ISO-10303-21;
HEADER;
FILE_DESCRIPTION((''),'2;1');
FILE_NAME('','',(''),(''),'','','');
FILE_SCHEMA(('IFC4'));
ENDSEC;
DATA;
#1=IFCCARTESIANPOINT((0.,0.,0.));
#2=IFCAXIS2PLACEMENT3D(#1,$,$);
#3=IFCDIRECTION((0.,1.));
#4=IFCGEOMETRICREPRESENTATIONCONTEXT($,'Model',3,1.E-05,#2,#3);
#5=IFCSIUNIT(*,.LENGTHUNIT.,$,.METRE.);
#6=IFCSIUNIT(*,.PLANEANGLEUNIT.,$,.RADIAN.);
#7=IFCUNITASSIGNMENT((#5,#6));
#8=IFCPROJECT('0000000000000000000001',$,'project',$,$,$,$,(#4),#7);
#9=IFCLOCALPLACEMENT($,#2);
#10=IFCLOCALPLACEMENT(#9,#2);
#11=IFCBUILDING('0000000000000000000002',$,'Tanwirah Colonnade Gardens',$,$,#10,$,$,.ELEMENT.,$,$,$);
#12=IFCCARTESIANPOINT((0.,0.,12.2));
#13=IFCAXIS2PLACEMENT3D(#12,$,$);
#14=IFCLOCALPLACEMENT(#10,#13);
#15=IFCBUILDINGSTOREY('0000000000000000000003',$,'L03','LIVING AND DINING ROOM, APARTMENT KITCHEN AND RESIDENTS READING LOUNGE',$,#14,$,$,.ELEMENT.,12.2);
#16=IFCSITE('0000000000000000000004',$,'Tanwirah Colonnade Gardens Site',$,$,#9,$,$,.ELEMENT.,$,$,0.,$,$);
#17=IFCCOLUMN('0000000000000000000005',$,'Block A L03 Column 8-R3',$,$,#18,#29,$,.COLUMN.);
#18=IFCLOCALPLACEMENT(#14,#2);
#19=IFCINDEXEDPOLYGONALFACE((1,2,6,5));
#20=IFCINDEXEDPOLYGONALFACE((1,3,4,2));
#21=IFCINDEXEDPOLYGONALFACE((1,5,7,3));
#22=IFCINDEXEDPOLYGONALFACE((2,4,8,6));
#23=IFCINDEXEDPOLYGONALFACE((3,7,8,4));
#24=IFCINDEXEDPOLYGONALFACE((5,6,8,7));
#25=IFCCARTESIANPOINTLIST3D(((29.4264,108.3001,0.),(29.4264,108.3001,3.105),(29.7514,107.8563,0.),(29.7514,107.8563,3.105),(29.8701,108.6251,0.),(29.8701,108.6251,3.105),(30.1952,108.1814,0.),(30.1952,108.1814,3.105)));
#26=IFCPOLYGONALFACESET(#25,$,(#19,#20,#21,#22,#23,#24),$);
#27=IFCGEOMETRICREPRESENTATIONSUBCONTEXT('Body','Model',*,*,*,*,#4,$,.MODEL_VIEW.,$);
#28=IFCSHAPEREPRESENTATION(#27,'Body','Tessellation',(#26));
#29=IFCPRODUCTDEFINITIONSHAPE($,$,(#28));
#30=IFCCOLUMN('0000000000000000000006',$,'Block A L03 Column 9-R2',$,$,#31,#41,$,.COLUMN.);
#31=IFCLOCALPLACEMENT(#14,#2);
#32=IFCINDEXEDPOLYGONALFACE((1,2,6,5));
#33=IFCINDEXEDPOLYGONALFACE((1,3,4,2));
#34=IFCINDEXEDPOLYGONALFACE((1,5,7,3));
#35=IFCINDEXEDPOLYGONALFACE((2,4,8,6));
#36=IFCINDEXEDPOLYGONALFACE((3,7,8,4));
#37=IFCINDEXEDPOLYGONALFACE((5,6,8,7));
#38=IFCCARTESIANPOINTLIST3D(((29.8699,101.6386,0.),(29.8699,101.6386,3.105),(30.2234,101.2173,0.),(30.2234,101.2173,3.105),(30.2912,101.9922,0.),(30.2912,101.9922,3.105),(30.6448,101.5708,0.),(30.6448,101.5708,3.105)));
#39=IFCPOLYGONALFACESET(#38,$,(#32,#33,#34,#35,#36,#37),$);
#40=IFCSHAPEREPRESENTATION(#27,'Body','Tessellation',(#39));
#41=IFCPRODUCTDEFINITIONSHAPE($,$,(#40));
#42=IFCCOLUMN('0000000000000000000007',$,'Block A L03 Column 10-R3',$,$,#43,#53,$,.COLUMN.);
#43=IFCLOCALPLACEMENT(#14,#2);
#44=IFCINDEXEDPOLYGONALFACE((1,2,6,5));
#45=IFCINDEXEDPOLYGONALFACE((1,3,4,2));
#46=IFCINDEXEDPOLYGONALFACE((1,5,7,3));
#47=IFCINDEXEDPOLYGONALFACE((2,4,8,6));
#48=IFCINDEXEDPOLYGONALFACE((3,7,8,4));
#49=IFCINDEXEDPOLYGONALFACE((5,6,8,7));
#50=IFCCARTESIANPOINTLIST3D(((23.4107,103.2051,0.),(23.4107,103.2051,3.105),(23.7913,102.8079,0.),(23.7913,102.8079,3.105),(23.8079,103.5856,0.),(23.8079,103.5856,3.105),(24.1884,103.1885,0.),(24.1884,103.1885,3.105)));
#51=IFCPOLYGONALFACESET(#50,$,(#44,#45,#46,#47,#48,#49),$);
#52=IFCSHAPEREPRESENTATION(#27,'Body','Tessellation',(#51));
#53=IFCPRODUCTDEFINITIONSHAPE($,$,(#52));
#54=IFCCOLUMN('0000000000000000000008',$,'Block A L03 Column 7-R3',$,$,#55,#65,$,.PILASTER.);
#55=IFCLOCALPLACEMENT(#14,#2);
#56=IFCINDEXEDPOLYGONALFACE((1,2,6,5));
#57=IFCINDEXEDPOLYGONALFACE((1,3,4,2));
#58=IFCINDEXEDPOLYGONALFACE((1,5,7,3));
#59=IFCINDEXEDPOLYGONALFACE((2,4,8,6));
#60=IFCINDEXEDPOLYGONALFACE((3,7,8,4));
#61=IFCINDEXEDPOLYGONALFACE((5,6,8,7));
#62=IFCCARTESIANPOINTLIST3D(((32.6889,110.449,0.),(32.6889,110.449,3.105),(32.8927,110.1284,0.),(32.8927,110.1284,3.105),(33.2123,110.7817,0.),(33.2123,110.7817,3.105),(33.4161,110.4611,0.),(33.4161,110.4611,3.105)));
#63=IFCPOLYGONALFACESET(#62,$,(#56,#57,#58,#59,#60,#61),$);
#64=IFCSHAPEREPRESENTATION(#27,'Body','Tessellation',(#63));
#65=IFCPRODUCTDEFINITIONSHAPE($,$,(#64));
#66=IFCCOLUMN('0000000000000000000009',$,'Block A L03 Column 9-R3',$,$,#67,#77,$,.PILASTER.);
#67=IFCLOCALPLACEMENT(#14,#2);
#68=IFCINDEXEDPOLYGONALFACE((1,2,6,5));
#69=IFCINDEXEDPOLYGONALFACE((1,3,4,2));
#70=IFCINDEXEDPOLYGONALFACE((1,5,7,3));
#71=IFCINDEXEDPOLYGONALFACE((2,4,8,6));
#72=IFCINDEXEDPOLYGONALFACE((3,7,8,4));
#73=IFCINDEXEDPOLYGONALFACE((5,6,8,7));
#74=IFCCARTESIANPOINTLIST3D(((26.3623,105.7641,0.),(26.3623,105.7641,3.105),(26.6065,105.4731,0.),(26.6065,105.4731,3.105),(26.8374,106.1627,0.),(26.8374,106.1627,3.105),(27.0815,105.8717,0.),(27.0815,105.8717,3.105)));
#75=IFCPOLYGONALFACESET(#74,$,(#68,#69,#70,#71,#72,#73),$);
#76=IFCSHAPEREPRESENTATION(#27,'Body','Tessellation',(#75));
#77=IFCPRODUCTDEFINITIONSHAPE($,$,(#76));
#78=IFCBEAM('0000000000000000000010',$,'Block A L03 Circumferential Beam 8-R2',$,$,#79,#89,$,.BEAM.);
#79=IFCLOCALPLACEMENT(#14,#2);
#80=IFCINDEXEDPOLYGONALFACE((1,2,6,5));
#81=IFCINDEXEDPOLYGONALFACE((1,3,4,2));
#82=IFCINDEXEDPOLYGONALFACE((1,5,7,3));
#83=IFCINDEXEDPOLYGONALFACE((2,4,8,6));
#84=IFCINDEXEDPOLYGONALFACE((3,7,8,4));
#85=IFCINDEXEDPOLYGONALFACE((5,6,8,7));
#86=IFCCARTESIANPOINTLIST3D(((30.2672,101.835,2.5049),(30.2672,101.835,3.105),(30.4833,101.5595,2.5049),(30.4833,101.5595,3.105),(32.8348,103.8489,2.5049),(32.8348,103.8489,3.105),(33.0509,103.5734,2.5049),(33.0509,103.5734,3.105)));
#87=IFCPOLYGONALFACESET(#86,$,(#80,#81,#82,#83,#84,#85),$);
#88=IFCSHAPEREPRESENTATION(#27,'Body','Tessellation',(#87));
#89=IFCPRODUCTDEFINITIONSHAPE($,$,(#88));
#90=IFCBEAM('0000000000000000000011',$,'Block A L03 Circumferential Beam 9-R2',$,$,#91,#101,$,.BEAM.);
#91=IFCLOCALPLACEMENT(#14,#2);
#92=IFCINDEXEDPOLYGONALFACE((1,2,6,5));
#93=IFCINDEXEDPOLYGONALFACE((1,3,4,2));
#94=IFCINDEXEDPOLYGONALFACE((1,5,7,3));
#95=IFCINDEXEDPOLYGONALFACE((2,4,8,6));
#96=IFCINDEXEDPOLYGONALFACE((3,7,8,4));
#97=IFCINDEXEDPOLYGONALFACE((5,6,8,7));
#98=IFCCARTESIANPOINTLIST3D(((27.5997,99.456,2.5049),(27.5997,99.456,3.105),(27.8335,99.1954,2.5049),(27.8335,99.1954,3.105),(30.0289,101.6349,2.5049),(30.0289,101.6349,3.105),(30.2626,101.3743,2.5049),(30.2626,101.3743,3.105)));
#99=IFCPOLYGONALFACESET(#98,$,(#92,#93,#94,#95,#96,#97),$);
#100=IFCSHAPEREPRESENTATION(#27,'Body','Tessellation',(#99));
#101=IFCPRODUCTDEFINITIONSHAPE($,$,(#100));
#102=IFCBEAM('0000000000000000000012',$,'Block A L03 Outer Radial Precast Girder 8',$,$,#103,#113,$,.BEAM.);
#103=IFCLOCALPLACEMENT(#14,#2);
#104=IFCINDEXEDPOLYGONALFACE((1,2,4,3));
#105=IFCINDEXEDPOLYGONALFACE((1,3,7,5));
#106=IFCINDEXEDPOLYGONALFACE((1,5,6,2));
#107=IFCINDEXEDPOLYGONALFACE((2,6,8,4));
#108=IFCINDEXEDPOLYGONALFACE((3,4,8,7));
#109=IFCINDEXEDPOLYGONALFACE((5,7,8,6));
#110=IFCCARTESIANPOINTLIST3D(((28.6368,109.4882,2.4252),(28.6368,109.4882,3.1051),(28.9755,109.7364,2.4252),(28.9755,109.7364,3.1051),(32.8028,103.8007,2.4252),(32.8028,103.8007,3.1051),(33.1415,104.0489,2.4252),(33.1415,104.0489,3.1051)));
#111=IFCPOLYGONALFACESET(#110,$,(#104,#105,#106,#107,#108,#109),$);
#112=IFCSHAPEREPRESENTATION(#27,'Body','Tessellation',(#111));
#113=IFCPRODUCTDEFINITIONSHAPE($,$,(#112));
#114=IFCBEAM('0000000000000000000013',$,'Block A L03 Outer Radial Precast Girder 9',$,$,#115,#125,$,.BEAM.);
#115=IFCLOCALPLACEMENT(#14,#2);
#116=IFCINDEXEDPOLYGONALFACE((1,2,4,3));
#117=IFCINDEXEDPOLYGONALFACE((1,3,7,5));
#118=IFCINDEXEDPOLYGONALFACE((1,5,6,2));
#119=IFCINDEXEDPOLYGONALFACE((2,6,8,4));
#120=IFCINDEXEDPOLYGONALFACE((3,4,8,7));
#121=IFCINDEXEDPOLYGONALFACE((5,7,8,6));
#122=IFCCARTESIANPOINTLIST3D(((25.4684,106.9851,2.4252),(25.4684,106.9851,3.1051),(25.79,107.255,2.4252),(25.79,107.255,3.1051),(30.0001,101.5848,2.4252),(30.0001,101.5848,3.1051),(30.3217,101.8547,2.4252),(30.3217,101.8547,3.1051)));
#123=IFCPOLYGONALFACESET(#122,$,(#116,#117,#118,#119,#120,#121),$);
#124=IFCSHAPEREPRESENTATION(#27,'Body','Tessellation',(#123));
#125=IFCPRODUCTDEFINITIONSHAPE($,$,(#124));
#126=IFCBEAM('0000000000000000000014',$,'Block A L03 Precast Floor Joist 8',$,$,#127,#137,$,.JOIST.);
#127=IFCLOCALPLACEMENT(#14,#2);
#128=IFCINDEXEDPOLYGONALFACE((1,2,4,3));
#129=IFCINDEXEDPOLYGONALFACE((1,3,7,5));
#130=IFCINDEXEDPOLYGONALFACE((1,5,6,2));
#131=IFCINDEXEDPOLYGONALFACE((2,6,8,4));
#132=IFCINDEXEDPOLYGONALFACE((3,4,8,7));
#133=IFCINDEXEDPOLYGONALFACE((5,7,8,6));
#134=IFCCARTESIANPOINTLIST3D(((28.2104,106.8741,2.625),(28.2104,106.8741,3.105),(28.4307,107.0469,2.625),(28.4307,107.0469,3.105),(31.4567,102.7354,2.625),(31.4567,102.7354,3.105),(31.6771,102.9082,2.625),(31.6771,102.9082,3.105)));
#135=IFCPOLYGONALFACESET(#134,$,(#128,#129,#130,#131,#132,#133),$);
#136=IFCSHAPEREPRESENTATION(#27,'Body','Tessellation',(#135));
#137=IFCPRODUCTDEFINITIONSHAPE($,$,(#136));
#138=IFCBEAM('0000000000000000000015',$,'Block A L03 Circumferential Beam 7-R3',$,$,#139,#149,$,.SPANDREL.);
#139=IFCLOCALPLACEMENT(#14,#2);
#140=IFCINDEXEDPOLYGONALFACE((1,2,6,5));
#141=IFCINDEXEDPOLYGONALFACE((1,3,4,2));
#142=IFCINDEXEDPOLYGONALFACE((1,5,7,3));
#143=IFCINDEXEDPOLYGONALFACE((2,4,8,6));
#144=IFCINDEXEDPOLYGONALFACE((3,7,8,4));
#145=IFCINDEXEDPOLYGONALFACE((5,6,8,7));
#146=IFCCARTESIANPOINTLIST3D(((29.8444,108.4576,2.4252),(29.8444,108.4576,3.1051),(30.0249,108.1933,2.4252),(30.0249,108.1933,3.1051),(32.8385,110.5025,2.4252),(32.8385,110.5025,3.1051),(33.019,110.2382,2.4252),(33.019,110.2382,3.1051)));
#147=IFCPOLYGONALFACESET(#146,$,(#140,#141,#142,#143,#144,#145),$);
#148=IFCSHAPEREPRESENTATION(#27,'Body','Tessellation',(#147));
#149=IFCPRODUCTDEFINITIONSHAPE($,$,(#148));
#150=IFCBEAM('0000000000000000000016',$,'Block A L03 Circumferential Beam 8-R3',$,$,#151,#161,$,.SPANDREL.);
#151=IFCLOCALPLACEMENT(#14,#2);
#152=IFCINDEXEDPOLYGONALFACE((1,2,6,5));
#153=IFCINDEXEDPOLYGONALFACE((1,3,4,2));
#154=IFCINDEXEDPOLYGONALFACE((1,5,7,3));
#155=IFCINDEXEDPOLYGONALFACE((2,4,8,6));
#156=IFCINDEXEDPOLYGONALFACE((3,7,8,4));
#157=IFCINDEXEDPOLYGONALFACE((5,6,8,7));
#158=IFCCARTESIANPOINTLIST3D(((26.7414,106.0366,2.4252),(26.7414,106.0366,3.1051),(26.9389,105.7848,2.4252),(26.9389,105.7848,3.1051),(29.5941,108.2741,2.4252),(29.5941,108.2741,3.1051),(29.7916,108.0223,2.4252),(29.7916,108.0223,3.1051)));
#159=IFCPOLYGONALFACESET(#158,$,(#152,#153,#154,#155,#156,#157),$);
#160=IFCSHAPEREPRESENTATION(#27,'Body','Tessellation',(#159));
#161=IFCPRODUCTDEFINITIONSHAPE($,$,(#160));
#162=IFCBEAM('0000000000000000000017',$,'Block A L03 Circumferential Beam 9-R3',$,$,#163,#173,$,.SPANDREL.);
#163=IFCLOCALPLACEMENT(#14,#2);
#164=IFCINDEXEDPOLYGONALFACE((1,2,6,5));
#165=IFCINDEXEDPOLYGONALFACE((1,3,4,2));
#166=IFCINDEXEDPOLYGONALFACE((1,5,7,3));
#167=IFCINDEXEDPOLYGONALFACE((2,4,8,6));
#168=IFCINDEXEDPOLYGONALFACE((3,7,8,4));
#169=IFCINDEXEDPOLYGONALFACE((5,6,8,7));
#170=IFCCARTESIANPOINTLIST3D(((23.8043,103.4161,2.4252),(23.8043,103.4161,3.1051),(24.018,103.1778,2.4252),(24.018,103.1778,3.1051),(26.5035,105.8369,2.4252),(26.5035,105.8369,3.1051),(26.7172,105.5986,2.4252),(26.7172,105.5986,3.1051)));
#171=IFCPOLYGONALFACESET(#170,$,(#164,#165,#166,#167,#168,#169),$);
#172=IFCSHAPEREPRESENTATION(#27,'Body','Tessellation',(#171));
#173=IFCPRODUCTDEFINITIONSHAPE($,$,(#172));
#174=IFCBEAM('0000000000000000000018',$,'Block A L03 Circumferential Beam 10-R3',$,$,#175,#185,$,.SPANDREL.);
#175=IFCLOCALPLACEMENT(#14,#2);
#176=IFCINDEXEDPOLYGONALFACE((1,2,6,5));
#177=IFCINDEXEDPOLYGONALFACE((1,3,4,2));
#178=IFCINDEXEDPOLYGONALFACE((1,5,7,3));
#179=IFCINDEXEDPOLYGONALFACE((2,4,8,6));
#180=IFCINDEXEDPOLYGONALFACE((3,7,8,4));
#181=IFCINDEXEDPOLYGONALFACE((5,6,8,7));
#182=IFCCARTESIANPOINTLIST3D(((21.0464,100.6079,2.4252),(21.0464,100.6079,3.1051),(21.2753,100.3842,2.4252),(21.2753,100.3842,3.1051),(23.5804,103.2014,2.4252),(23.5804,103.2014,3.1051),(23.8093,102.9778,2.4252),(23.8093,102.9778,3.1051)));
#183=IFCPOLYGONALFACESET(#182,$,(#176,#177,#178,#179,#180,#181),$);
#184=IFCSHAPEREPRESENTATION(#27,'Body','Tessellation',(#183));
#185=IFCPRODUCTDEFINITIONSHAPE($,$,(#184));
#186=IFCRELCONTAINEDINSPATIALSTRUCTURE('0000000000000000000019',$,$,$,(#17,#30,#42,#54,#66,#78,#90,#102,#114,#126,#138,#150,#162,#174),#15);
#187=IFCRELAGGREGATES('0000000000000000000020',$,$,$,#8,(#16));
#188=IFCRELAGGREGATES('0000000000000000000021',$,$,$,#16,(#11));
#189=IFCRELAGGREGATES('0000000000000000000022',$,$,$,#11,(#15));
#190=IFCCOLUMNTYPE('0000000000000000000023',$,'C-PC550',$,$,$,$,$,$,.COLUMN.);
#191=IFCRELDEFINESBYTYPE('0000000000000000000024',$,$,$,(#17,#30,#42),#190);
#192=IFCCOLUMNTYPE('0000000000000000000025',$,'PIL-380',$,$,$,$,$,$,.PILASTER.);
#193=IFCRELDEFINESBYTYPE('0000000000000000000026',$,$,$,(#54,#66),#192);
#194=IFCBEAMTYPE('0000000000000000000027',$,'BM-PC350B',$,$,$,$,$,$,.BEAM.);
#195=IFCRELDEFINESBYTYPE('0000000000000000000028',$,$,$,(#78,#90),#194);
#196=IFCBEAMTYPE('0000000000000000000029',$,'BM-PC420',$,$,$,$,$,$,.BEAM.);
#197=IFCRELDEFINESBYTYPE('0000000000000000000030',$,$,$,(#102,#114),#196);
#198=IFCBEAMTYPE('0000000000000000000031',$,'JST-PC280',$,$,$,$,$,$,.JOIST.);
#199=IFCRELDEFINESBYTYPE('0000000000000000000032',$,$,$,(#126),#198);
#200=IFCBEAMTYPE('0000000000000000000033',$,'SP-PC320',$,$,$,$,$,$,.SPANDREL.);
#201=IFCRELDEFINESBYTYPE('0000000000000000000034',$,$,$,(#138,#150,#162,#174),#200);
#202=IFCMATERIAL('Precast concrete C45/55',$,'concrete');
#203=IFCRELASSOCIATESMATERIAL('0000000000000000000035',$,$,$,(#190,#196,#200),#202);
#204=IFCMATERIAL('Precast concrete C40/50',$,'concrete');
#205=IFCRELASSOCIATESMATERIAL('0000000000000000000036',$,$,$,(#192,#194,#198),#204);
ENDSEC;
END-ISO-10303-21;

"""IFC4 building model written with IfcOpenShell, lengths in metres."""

from ifc_helpers import new_model, si_unit, direction, frame, origin, origin_2d, place, context, subcontext, project, spatial, rectangle, extrude, material, material_profile, profile_set, type_object, element, save


model = new_model("IFC4")

# Units and contexts
model_context = context("Model", 3, precision=1e-05, world=origin(), true_north=direction((0.0, 1.0)))
body_context = subcontext(model_context, "Body", "Model", "MODEL_VIEW")
ifc_project = project(units=[si_unit("LENGTHUNIT", "METRE"), si_unit("PLANEANGLEUNIT", "RADIAN")], contexts=[model_context])

# Site, building, storey
site_placement = place(None, origin())
site = spatial("IfcSite", under=ifc_project, at=site_placement, Name="Tanwirah Colonnade Gardens Site", CompositionType="ELEMENT", RefElevation=0.0)
building_placement = place(site_placement, origin())
building = spatial("IfcBuilding", under=site, at=building_placement, Name="Tanwirah Colonnade Gardens", CompositionType="ELEMENT")
storey_placement = place(building_placement, frame((0.0, 0.0, 12.2)))
storey = spatial("IfcBuildingStorey", under=building, at=storey_placement, Name="L03", Description="LIVING AND DINING ROOM, APARTMENT KITCHEN AND RESIDENTS READING LOUNGE", CompositionType="ELEMENT", Elevation=12.2)

# Columns
ifc_material_1 = material(Name="Precast concrete C45/55", Category="concrete")
ifc_material_profile_1 = material_profile(ifc_material_1, rectangle(XDim=0.55, YDim=0.55, at=origin_2d()), Name="PC-COL 550x550")
ifc_profile_set_1 = profile_set([ifc_material_profile_1], Name="Precast concrete C45/55")
column_type_1 = type_object("IfcColumnType", Name="C-PC550", PredefinedType="COLUMN", material=ifc_profile_set_1)
for number, where, z_axis, x_axis, name in (
    (1, (29.8108, 108.2407, 0.0), (0.0, 0.0, 1.0), (-0.590919, 0.806731, 0.0), "Block A L03 Column 8-R3"),
    (2, (30.2573, 101.6047, 0.0), (0.0, 0.0, 1.0), (-0.642788, 0.766044, 0.0), "Block A L03 Column 9-R2"),
    (3, (23.7996, 103.1968, 0.0), (0.0, 0.0, 1.0), (-0.691863, 0.722029, 0.0), "Block A L03 Column 10-R3"),
):
    element("IfcColumn", number, at=place(storey_placement, frame(where, z_axis=z_axis, x_axis=x_axis)), inside=storey, type_object=column_type_1, Name=name, PredefinedType="COLUMN", context=body_context, shape_type="SweptSolid", body=[
        extrude(rectangle(XDim=0.55, YDim=0.55, at=origin_2d()), origin(), (0.0, 0.0, 1.0), 3.105),
    ])
ifc_material_2 = material(Name="Precast concrete C40/50", Category="concrete")
ifc_material_profile_2 = material_profile(ifc_material_2, rectangle(XDim=0.3799, YDim=0.6201, at=origin_2d()), Name="PC-PIL 380x620")
ifc_profile_set_2 = profile_set([ifc_material_profile_2], Name="Precast concrete C40/50")
column_type_2 = type_object("IfcColumnType", Name="PIL-380", PredefinedType="PILASTER", material=ifc_profile_set_2)
for number, where, z_axis, x_axis, name in (
    (4, (33.0525, 110.4551, 0.0), (0.0, 0.0, 1.0), (-0.536482, 0.843912, 0.0), "Block A L03 Column 7-R3"),
    (5, (26.7219, 105.8179, 0.0), (0.0, 0.0, 1.0), (-0.642788, 0.766044, 0.0), "Block A L03 Column 9-R3"),
):
    element("IfcColumn", number, at=place(storey_placement, frame(where, z_axis=z_axis, x_axis=x_axis)), inside=storey, type_object=column_type_2, Name=name, PredefinedType="PILASTER", context=body_context, shape_type="SweptSolid", body=[
        extrude(rectangle(XDim=0.3799, YDim=0.6201, at=origin_2d()), origin(), (0.0, 0.0, 1.0), 3.105),
    ])

# Beams
ifc_material_profile_3 = material_profile(ifc_material_2, rectangle(XDim=0.3501, YDim=0.6001, at=origin_2d()), Name="PC-BM 350x600")
ifc_profile_set_3 = profile_set([ifc_material_profile_3], Name="Precast concrete C40/50")
beam_type_1 = type_object("IfcBeamType", Name="BM-PC350B", PredefinedType="BEAM", material=ifc_profile_set_3)
for number, where, z_axis, x_axis, name in (
    (6, (32.9429, 103.7112, 2.8049), (-0.78684, -0.617157, 0.0), (0.617157, -0.78684, 0.0), "Block A L03 Circumferential Beam 8-R2"),
    (7, (30.1458, 101.5046, 2.8049), (-0.744409, -0.667724, 0.0), (0.667724, -0.744409, 0.0), "Block A L03 Circumferential Beam 9-R2"),
):
    element("IfcBeam", number, at=place(storey_placement, frame(where, z_axis=z_axis, x_axis=x_axis)), inside=storey, type_object=beam_type_1, Name=name, PredefinedType="BEAM", context=body_context, shape_type="SweptSolid", body=[
        extrude(rectangle(XDim=0.3501, YDim=0.6001, at=origin_2d()), origin(), (0.0, 0.0, 1.0), 3.2632),
    ])
ifc_material_profile_4 = material_profile(ifc_material_1, rectangle(XDim=0.4199, YDim=0.6799, at=origin_2d()), Name="PC-BM 420x680")
ifc_profile_set_4 = profile_set([ifc_material_profile_4], Name="Precast concrete C45/55")
beam_type_2 = type_object("IfcBeamType", Name="BM-PC420", PredefinedType="BEAM", material=ifc_profile_set_4)
beam_1_placement = place(storey_placement, frame((32.9722, 103.9248, 2.7651), z_axis=(-0.590919, 0.806731, 0.0), x_axis=(-0.806731, -0.590919, 0.0)))
element("IfcBeam", 8, at=beam_1_placement, inside=storey, type_object=beam_type_2, Name="Block A L03 Outer Radial Precast Girder 8", PredefinedType="BEAM", context=body_context, shape_type="SweptSolid", body=[
    extrude(rectangle(XDim=0.4199, YDim=0.6799, at=origin_2d()), origin(), (0.0, 0.0, 1.0), 7.05),
])
beam_2_placement = place(storey_placement, frame((30.1609, 101.7197, 2.7651), z_axis=(-0.64281, 0.766025, 0.0), x_axis=(-0.766025, -0.64281, 0.0)))
element("IfcBeam", 9, at=beam_2_placement, inside=storey, type_object=beam_type_2, Name="Block A L03 Outer Radial Precast Girder 9", PredefinedType="BEAM", context=body_context, shape_type="SweptSolid", body=[
    extrude(rectangle(XDim=0.4199, YDim=0.6799, at=origin_2d()), origin(), (0.0, 0.0, 1.0), 7.0498),
])
ifc_material_profile_5 = material_profile(ifc_material_2, rectangle(XDim=0.28, YDim=0.48, at=origin_2d()), Name="PC-JST 280x480")
ifc_profile_set_5 = profile_set([ifc_material_profile_5], Name="Precast concrete C40/50")
beam_type_3 = type_object("IfcBeamType", Name="JST-PC280", PredefinedType="JOIST", material=ifc_profile_set_5)
beam_3_placement = place(storey_placement, frame((31.5669, 102.8218, 2.865), z_axis=(-0.617178, 0.786824, 0.0), x_axis=(-0.786824, -0.617178, 0.0)))
element("IfcBeam", 10, at=beam_3_placement, inside=storey, type_object=beam_type_3, Name="Block A L03 Precast Floor Joist 8", PredefinedType="JOIST", context=body_context, shape_type="SweptSolid", body=[
    extrude(rectangle(XDim=0.28, YDim=0.48, at=origin_2d()), origin(), (0.0, 0.0, 1.0), 5.26),
])
ifc_material_profile_6 = material_profile(ifc_material_1, rectangle(XDim=0.3201, YDim=0.6799, at=origin_2d()), Name="PC-SP 320x680")
ifc_profile_set_6 = profile_set([ifc_material_profile_6], Name="Precast concrete C45/55")
beam_type_4 = type_object("IfcBeamType", Name="SP-PC320", PredefinedType="SPANDREL", material=ifc_profile_set_6)
beam_4_placement = place(storey_placement, frame((32.9287, 110.3704, 2.7651), z_axis=(-0.825783, -0.563989, 0.0), x_axis=(0.563989, -0.825783, 0.0)))
element("IfcBeam", 11, at=beam_4_placement, inside=storey, type_object=beam_type_4, Name="Block A L03 Circumferential Beam 7-R3", PredefinedType="SPANDREL", context=body_context, shape_type="SweptSolid", body=[
    extrude(rectangle(XDim=0.3201, YDim=0.6799, at=origin_2d()), origin(), (0.0, 0.0, 1.0), 3.6257),
])
beam_5_placement = place(storey_placement, frame((29.6929, 108.1482, 2.7651), z_axis=(-0.786844, -0.617152, 0.0), x_axis=(0.617152, -0.786844, 0.0)))
element("IfcBeam", 12, at=beam_5_placement, inside=storey, type_object=beam_type_4, Name="Block A L03 Circumferential Beam 8-R3", PredefinedType="SPANDREL", context=body_context, shape_type="SweptSolid", body=[
    extrude(rectangle(XDim=0.3201, YDim=0.6799, at=origin_2d()), origin(), (0.0, 0.0, 1.0), 3.6255),
])
beam_6_placement = place(storey_placement, frame((26.6104, 105.7178, 2.7651), z_axis=(-0.744445, -0.667684, 0.0), x_axis=(0.667684, -0.744445, 0.0)))
element("IfcBeam", 13, at=beam_6_placement, inside=storey, type_object=beam_type_4, Name="Block A L03 Circumferential Beam 9-R3", PredefinedType="SPANDREL", context=body_context, shape_type="SweptSolid", body=[
    extrude(rectangle(XDim=0.3201, YDim=0.6799, at=origin_2d()), origin(), (0.0, 0.0, 1.0), 3.6257),
])
beam_7_placement = place(storey_placement, frame((23.6948, 103.0896, 2.7651), z_axis=(-0.698844, -0.715274, 0.0), x_axis=(0.715274, -0.698844, 0.0)))
element("IfcBeam", 14, at=beam_7_placement, inside=storey, type_object=beam_type_4, Name="Block A L03 Circumferential Beam 10-R3", PredefinedType="SPANDREL", context=body_context, shape_type="SweptSolid", body=[
    extrude(rectangle(XDim=0.3201, YDim=0.6799, at=origin_2d()), origin(), (0.0, 0.0, 1.0), 3.626),
])

save(model, "model.ifc")
